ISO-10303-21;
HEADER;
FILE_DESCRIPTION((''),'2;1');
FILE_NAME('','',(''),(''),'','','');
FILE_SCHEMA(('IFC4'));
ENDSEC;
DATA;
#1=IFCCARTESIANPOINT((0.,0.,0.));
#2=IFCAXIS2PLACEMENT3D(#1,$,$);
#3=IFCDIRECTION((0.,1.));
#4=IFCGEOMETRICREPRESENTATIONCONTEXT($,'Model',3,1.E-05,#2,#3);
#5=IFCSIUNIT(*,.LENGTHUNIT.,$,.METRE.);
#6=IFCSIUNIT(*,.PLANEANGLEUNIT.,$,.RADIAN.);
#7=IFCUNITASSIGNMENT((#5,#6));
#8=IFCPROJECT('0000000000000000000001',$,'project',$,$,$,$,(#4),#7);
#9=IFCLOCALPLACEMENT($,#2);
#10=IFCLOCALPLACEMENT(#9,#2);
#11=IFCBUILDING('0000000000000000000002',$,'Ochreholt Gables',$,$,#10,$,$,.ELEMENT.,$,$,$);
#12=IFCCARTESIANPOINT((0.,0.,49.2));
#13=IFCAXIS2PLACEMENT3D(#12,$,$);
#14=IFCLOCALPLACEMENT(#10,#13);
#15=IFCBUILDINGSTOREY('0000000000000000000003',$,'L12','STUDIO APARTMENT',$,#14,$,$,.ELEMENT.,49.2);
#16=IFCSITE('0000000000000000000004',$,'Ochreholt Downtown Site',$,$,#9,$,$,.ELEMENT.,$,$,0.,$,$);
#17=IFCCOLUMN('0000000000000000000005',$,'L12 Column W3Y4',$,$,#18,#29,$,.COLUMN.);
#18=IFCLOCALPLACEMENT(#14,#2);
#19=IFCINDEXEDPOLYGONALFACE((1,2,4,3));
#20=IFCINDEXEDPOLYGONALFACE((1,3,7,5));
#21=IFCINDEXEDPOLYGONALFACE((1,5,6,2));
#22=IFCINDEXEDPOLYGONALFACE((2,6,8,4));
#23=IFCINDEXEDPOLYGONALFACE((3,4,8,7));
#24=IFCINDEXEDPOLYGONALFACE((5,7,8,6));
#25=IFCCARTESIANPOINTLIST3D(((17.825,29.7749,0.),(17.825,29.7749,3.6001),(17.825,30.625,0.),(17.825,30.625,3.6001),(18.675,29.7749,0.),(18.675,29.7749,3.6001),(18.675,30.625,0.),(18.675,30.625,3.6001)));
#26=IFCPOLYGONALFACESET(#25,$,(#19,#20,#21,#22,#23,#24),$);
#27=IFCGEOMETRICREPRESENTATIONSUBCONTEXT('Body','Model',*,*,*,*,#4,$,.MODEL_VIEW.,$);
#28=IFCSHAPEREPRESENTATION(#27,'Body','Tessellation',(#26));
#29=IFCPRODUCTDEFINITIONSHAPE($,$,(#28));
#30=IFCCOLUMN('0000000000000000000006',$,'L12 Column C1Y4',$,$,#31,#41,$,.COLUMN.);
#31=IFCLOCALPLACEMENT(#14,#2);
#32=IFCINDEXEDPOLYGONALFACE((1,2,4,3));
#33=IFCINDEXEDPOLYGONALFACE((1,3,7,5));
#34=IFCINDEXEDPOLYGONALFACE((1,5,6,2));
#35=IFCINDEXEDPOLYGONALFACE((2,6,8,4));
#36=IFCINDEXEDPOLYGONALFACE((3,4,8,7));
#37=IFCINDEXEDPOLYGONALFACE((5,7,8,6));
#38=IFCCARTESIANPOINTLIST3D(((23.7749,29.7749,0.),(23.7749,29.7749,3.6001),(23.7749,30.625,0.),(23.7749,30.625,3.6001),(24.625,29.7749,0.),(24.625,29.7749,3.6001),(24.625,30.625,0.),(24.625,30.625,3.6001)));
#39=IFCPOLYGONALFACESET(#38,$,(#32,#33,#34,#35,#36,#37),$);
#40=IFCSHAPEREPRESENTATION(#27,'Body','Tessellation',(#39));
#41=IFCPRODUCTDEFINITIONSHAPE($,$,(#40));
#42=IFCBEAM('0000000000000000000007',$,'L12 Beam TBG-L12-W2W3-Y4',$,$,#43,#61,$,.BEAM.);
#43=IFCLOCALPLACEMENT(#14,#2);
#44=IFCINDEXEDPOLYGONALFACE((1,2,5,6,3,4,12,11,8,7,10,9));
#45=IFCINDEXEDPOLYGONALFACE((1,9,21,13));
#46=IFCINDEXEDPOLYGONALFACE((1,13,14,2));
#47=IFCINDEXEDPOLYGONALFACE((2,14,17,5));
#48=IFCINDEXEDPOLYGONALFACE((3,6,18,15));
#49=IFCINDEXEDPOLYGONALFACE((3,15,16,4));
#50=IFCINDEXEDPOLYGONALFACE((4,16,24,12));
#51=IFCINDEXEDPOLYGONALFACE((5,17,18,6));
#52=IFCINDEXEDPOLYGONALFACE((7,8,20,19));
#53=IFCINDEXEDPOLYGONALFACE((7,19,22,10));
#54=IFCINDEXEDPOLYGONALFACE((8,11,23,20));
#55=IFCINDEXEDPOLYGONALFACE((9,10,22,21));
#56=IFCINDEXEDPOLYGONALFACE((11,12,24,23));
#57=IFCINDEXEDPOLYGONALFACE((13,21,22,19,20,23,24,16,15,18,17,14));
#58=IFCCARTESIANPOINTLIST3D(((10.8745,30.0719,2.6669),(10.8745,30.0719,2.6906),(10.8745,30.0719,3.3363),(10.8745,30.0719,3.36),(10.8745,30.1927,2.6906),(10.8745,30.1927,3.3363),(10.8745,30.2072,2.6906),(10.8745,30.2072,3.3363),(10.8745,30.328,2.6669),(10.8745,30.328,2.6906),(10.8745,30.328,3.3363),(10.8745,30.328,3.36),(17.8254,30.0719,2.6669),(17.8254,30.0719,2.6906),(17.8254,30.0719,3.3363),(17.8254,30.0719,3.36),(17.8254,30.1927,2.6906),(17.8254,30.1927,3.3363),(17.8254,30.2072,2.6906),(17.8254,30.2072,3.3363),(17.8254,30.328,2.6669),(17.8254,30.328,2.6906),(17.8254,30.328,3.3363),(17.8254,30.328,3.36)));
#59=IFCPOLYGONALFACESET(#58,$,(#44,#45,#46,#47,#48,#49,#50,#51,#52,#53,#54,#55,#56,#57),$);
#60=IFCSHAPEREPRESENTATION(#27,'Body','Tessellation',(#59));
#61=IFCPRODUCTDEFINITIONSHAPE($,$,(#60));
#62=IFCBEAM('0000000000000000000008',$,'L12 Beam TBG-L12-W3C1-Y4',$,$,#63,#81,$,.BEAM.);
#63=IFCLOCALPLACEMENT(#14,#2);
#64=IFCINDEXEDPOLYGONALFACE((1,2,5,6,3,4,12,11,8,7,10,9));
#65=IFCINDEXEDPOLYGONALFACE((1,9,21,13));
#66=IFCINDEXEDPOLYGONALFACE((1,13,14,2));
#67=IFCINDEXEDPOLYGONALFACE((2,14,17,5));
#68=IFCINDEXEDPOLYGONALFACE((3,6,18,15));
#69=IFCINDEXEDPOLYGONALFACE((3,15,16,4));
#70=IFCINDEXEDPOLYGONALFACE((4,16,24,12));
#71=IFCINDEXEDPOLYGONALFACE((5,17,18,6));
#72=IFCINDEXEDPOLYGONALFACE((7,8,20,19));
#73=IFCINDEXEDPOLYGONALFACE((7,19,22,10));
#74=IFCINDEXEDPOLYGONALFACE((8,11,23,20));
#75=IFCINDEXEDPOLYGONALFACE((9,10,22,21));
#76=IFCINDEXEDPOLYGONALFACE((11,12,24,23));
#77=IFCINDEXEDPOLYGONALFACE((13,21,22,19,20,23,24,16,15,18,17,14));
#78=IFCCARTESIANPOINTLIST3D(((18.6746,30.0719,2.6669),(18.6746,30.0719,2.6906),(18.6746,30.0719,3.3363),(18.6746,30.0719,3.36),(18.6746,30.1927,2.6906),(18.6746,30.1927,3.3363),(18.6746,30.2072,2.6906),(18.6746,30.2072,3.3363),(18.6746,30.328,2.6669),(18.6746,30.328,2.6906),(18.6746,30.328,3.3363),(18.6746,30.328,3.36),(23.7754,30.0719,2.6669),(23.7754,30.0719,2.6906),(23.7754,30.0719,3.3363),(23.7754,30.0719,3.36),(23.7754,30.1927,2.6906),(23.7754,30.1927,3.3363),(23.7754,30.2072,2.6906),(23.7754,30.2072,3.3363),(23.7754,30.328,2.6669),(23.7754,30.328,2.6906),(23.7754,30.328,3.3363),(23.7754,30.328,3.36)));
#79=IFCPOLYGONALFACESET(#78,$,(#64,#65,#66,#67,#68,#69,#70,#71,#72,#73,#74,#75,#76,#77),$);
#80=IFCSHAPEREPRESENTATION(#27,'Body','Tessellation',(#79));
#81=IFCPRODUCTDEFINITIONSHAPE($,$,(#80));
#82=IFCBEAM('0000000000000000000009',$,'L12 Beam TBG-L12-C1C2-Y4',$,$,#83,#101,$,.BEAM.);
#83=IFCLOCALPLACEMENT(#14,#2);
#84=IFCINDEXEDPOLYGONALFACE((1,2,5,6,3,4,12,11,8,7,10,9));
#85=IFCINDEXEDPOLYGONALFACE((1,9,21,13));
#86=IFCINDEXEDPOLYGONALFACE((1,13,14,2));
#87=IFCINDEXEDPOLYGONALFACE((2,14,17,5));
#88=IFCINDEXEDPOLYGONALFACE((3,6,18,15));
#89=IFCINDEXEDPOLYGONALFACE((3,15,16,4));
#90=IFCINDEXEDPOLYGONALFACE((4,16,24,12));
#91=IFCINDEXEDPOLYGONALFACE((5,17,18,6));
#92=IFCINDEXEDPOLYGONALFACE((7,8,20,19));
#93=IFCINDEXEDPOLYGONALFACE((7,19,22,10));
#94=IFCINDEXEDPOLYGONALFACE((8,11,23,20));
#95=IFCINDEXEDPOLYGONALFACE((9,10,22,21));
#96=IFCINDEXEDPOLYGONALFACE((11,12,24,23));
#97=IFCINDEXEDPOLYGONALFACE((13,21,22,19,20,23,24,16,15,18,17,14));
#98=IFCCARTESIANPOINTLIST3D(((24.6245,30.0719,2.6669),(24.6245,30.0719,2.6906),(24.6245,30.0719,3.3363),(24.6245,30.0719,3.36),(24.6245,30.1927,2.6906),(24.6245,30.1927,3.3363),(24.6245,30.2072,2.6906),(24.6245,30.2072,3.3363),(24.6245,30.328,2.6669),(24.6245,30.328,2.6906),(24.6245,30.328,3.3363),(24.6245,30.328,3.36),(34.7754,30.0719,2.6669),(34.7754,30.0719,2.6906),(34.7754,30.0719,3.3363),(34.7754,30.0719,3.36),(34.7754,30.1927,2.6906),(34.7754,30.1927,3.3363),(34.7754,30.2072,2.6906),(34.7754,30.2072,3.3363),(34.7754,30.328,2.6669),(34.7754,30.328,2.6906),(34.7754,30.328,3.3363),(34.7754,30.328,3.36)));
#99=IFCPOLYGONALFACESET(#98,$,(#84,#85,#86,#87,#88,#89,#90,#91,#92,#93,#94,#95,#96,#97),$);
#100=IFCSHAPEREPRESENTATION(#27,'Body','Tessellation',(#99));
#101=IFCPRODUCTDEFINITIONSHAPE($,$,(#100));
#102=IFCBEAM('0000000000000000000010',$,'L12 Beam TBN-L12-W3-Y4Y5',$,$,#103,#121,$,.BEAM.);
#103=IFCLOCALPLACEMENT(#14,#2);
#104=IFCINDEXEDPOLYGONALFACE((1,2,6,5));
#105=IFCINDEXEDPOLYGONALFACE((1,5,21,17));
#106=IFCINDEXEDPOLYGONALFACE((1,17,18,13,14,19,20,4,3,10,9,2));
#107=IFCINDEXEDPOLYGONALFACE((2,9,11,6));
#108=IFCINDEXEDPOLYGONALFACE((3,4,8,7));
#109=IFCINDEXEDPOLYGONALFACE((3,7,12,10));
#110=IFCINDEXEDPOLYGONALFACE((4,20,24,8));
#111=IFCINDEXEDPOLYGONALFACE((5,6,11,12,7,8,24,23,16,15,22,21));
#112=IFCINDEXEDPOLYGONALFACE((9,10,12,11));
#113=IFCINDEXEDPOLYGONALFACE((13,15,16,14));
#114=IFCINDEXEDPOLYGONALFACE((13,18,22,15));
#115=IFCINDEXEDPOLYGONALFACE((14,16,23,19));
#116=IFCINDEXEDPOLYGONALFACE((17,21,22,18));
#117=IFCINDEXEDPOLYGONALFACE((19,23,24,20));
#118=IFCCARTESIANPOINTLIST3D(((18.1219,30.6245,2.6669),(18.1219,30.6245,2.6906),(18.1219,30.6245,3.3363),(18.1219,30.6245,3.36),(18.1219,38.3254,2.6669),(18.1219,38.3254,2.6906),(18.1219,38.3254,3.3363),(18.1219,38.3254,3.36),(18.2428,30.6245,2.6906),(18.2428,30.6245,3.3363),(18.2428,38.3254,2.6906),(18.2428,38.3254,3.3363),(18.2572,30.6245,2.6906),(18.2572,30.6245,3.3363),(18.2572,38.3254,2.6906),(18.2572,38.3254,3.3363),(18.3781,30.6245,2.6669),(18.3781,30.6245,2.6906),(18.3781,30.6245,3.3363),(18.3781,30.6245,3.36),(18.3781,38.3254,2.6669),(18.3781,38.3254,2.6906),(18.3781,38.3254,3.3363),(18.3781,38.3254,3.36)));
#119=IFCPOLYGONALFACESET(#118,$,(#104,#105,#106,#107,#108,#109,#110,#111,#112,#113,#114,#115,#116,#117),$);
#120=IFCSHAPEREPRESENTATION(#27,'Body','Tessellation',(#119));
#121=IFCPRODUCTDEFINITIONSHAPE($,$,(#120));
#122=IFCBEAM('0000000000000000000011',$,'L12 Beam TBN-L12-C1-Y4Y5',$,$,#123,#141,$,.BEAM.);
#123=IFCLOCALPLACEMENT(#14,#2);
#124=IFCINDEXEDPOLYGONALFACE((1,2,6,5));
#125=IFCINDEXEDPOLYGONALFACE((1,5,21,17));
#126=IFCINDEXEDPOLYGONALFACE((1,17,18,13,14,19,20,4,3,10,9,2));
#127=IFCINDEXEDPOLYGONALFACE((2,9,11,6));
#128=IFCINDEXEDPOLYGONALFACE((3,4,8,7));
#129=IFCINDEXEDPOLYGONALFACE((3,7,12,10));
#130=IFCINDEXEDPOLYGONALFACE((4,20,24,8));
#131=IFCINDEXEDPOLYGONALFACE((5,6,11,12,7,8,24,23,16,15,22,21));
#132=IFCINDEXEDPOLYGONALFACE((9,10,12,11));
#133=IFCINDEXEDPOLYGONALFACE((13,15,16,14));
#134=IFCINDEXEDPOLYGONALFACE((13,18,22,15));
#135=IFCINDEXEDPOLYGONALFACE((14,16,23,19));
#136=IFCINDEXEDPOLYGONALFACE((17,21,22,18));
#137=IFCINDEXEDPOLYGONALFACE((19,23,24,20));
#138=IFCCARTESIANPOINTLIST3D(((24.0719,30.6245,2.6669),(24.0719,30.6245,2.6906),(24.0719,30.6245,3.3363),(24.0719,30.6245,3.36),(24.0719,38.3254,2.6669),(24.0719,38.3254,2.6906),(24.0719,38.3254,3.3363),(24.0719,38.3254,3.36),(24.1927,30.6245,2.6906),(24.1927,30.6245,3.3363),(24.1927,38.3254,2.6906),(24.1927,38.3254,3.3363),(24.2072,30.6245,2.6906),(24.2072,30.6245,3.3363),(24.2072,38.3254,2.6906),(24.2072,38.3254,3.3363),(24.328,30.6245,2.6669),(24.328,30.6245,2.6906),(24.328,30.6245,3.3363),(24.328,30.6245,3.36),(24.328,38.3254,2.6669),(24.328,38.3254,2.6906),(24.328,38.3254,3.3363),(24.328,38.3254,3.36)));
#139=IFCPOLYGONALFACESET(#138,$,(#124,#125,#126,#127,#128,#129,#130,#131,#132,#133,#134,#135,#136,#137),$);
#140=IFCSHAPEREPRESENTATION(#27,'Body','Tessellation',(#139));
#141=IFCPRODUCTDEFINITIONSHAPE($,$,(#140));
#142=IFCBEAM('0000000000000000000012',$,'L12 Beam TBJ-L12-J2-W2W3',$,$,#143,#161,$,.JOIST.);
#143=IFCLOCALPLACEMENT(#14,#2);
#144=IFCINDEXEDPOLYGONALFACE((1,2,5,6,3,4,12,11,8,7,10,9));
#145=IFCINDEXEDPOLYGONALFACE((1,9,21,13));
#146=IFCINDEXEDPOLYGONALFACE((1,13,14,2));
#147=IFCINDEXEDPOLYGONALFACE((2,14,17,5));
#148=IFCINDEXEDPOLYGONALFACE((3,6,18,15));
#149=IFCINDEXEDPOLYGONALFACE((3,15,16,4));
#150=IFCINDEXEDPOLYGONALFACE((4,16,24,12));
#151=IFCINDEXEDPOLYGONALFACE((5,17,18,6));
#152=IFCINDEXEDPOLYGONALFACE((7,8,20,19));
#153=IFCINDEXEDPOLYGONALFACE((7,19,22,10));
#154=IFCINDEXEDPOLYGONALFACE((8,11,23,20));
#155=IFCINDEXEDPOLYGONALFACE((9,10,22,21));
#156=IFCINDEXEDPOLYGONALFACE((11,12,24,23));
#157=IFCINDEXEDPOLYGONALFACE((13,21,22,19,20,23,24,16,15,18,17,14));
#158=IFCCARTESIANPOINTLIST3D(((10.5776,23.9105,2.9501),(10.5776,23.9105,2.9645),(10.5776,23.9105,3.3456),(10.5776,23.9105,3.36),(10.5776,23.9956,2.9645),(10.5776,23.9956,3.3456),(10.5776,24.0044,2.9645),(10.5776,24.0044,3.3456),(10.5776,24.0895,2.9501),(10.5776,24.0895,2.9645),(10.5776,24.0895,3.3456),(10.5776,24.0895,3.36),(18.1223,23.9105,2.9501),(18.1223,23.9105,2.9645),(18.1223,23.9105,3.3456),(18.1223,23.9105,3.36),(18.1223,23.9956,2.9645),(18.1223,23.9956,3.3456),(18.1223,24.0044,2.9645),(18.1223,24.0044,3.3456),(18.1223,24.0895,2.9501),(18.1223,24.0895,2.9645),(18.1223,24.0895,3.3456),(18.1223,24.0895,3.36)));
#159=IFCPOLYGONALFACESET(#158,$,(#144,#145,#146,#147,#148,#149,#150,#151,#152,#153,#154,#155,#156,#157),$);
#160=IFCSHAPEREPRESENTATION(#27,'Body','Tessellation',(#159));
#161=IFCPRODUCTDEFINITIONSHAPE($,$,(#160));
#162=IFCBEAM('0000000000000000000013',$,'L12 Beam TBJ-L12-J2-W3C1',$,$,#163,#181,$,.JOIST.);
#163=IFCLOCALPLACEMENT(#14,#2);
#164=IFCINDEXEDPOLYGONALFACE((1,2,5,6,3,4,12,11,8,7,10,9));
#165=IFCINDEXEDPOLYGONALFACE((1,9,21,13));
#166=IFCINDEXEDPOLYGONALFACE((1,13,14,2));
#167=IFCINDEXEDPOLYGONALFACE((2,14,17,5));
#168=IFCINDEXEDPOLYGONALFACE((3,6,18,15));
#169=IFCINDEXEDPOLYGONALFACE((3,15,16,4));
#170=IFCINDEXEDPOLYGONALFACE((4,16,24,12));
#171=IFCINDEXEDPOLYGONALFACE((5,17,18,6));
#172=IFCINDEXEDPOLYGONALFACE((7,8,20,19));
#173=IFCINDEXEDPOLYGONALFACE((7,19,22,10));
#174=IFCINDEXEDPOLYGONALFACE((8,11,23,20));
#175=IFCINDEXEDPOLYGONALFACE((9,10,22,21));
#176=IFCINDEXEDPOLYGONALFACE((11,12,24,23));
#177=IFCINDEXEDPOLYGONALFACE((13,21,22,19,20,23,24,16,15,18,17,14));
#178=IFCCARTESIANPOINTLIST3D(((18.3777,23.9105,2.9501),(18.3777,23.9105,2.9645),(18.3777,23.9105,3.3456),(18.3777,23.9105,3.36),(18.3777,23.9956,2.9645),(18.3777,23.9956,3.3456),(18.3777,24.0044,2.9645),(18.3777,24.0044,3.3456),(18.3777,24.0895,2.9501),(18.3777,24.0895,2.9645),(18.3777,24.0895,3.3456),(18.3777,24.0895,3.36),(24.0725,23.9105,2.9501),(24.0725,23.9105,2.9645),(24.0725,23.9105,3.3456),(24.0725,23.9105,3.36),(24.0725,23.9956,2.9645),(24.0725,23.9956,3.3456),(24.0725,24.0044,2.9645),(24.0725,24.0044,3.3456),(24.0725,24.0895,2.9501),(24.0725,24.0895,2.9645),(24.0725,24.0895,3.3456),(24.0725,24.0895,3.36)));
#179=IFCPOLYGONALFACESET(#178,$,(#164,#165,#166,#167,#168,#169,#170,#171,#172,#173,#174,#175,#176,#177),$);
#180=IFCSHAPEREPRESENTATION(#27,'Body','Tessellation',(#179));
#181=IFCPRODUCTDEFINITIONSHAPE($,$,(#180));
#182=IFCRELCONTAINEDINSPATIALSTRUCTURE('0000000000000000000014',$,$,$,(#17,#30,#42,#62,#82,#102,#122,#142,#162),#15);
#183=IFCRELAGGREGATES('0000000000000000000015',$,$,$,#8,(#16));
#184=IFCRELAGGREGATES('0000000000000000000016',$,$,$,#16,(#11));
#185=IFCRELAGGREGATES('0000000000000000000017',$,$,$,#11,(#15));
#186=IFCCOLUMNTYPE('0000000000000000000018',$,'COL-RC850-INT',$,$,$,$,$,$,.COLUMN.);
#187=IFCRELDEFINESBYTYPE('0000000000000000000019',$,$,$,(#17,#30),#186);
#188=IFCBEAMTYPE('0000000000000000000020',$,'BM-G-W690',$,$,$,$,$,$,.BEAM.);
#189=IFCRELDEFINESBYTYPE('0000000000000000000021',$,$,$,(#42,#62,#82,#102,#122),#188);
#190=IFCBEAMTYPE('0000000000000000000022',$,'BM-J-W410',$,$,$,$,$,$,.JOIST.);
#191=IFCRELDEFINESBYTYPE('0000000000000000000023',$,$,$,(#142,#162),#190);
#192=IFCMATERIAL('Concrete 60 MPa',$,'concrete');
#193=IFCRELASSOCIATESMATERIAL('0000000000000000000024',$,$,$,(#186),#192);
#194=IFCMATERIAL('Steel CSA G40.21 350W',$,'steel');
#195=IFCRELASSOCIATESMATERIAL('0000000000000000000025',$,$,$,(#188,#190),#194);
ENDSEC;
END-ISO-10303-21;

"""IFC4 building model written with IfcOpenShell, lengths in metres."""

from ifc_helpers import new_model, si_unit, direction, frame, origin, origin_2d, place, context, subcontext, project, spatial, rectangle, i_section, extrude, material, material_profile, profile_set, type_object, element, save


model = new_model("IFC4")

# Units and contexts
model_context = context("Model", 3, precision=1e-05, world=origin(), true_north=direction((0.0, 1.0)))
body_context = subcontext(model_context, "Body", "Model", "MODEL_VIEW")
ifc_project = project(units=[si_unit("LENGTHUNIT", "METRE"), si_unit("PLANEANGLEUNIT", "RADIAN")], contexts=[model_context])

# Site, building, storey
site_placement = place(None, origin())
site = spatial("IfcSite", under=ifc_project, at=site_placement, Name="Ochreholt Downtown Site", CompositionType="ELEMENT", RefElevation=0.0)
building_placement = place(site_placement, origin())
building = spatial("IfcBuilding", under=site, at=building_placement, Name="Ochreholt Gables", CompositionType="ELEMENT")
storey_placement = place(building_placement, frame((0.0, 0.0, 49.2)))
storey = spatial("IfcBuildingStorey", under=building, at=storey_placement, Name="L12", Description="STUDIO APARTMENT", CompositionType="ELEMENT", Elevation=49.2)

# Columns
ifc_material_1 = material(Name="Concrete 60 MPa", Category="concrete")
ifc_material_profile_1 = material_profile(ifc_material_1, rectangle(XDim=0.8501, YDim=0.8501, at=origin_2d()), Name="RC850X850")
ifc_profile_set_1 = profile_set([ifc_material_profile_1], Name="Concrete 60 MPa")
column_type = type_object("IfcColumnType", Name="COL-RC850-INT", PredefinedType="COLUMN", material=ifc_profile_set_1)
for number, where, z_axis, x_axis, name in (
    (1, (18.25, 30.2, 0.0), (0.0, 0.0, 1.0), (1.0, 0.0, 0.0), "L12 Column W3Y4"),
    (2, (24.2, 30.2, 0.0), (0.0, 0.0, 1.0), (1.0, 0.0, 0.0), "L12 Column C1Y4"),
):
    element("IfcColumn", number, at=place(storey_placement, frame(where, z_axis=z_axis, x_axis=x_axis)), inside=storey, type_object=column_type, Name=name, PredefinedType="COLUMN", context=body_context, shape_type="SweptSolid", body=[
        extrude(rectangle(XDim=0.8501, YDim=0.8501, at=origin_2d()), origin(), (0.0, 0.0, 1.0), 3.6001),
    ])

# Beams
ifc_material_2 = material(Name="Steel CSA G40.21 350W", Category="steel")
ifc_material_profile_2 = material_profile(ifc_material_2, i_section(OverallWidth=0.2561, OverallDepth=0.6931, WebThickness=0.0144, FlangeThickness=0.0237, at=origin_2d()), Name="W690X170")
ifc_profile_set_2 = profile_set([ifc_material_profile_2], Name="Steel CSA G40.21 350W")
beam_type_1 = type_object("IfcBeamType", Name="BM-G-W690", PredefinedType="BEAM", material=ifc_profile_set_2)
beam_1_placement = place(storey_placement, frame((10.8745, 30.2, 3.0134), z_axis=(1.0, 0.0, 0.0), x_axis=(0.0, 1.0, 0.0)))
element("IfcBeam", 3, at=beam_1_placement, inside=storey, type_object=beam_type_1, Name="L12 Beam TBG-L12-W2W3-Y4", PredefinedType="BEAM", context=body_context, shape_type="SweptSolid", body=[
    extrude(i_section(OverallWidth=0.2561, OverallDepth=0.6931, WebThickness=0.0144, FlangeThickness=0.0237, at=origin_2d()), origin(), (0.0, 0.0, 1.0), 6.9509),
])
beam_2_placement = place(storey_placement, frame((18.6746, 30.2, 3.0134), z_axis=(1.0, 0.0, 0.0), x_axis=(0.0, 1.0, 0.0)))
element("IfcBeam", 4, at=beam_2_placement, inside=storey, type_object=beam_type_1, Name="L12 Beam TBG-L12-W3C1-Y4", PredefinedType="BEAM", context=body_context, shape_type="SweptSolid", body=[
    extrude(i_section(OverallWidth=0.2561, OverallDepth=0.6931, WebThickness=0.0144, FlangeThickness=0.0237, at=origin_2d()), origin(), (0.0, 0.0, 1.0), 5.1008),
])
beam_3_placement = place(storey_placement, frame((24.6245, 30.2, 3.0134), z_axis=(1.0, 0.0, 0.0), x_axis=(0.0, 1.0, 0.0)))
element("IfcBeam", 5, at=beam_3_placement, inside=storey, type_object=beam_type_1, Name="L12 Beam TBG-L12-C1C2-Y4", PredefinedType="BEAM", context=body_context, shape_type="SweptSolid", body=[
    extrude(i_section(OverallWidth=0.2561, OverallDepth=0.6931, WebThickness=0.0144, FlangeThickness=0.0237, at=origin_2d()), origin(), (0.0, 0.0, 1.0), 10.1509),
])
for number, where, z_axis, x_axis, name in (
    (6, (18.25, 30.6245, 3.0134), (0.0, 1.0, 0.0), (-1.0, 0.0, 0.0), "L12 Beam TBN-L12-W3-Y4Y5"),
    (7, (24.2, 30.6245, 3.0134), (0.0, 1.0, 0.0), (-1.0, 0.0, 0.0), "L12 Beam TBN-L12-C1-Y4Y5"),
):
    element("IfcBeam", number, at=place(storey_placement, frame(where, z_axis=z_axis, x_axis=x_axis)), inside=storey, type_object=beam_type_1, Name=name, PredefinedType="BEAM", context=body_context, shape_type="SweptSolid", body=[
        extrude(i_section(OverallWidth=0.2561, OverallDepth=0.6931, WebThickness=0.0144, FlangeThickness=0.0237, at=origin_2d()), origin(), (0.0, 0.0, 1.0), 7.7009),
    ])
ifc_material_profile_3 = material_profile(ifc_material_2, i_section(OverallWidth=0.179, OverallDepth=0.4099, WebThickness=0.0088, FlangeThickness=0.0144, at=origin_2d()), Name="W410X67")
ifc_profile_set_3 = profile_set([ifc_material_profile_3], Name="Steel CSA G40.21 350W")
beam_type_2 = type_object("IfcBeamType", Name="BM-J-W410", PredefinedType="JOIST", material=ifc_profile_set_3)
beam_4_placement = place(storey_placement, frame((10.5776, 24.0, 3.155), z_axis=(1.0, 0.0, 0.0), x_axis=(0.0, 1.0, 0.0)))
element("IfcBeam", 8, at=beam_4_placement, inside=storey, type_object=beam_type_2, Name="L12 Beam TBJ-L12-J2-W2W3", PredefinedType="JOIST", context=body_context, shape_type="SweptSolid", body=[
    extrude(i_section(OverallWidth=0.179, OverallDepth=0.4099, WebThickness=0.0088, FlangeThickness=0.0144, at=origin_2d()), origin(), (0.0, 0.0, 1.0), 7.5447),
])
beam_5_placement = place(storey_placement, frame((18.3777, 24.0, 3.155), z_axis=(1.0, 0.0, 0.0), x_axis=(0.0, 1.0, 0.0)))
element("IfcBeam", 9, at=beam_5_placement, inside=storey, type_object=beam_type_2, Name="L12 Beam TBJ-L12-J2-W3C1", PredefinedType="JOIST", context=body_context, shape_type="SweptSolid", body=[
    extrude(i_section(OverallWidth=0.179, OverallDepth=0.4099, WebThickness=0.0088, FlangeThickness=0.0144, at=origin_2d()), origin(), (0.0, 0.0, 1.0), 5.6948),
])

save(model, "model.ifc")
